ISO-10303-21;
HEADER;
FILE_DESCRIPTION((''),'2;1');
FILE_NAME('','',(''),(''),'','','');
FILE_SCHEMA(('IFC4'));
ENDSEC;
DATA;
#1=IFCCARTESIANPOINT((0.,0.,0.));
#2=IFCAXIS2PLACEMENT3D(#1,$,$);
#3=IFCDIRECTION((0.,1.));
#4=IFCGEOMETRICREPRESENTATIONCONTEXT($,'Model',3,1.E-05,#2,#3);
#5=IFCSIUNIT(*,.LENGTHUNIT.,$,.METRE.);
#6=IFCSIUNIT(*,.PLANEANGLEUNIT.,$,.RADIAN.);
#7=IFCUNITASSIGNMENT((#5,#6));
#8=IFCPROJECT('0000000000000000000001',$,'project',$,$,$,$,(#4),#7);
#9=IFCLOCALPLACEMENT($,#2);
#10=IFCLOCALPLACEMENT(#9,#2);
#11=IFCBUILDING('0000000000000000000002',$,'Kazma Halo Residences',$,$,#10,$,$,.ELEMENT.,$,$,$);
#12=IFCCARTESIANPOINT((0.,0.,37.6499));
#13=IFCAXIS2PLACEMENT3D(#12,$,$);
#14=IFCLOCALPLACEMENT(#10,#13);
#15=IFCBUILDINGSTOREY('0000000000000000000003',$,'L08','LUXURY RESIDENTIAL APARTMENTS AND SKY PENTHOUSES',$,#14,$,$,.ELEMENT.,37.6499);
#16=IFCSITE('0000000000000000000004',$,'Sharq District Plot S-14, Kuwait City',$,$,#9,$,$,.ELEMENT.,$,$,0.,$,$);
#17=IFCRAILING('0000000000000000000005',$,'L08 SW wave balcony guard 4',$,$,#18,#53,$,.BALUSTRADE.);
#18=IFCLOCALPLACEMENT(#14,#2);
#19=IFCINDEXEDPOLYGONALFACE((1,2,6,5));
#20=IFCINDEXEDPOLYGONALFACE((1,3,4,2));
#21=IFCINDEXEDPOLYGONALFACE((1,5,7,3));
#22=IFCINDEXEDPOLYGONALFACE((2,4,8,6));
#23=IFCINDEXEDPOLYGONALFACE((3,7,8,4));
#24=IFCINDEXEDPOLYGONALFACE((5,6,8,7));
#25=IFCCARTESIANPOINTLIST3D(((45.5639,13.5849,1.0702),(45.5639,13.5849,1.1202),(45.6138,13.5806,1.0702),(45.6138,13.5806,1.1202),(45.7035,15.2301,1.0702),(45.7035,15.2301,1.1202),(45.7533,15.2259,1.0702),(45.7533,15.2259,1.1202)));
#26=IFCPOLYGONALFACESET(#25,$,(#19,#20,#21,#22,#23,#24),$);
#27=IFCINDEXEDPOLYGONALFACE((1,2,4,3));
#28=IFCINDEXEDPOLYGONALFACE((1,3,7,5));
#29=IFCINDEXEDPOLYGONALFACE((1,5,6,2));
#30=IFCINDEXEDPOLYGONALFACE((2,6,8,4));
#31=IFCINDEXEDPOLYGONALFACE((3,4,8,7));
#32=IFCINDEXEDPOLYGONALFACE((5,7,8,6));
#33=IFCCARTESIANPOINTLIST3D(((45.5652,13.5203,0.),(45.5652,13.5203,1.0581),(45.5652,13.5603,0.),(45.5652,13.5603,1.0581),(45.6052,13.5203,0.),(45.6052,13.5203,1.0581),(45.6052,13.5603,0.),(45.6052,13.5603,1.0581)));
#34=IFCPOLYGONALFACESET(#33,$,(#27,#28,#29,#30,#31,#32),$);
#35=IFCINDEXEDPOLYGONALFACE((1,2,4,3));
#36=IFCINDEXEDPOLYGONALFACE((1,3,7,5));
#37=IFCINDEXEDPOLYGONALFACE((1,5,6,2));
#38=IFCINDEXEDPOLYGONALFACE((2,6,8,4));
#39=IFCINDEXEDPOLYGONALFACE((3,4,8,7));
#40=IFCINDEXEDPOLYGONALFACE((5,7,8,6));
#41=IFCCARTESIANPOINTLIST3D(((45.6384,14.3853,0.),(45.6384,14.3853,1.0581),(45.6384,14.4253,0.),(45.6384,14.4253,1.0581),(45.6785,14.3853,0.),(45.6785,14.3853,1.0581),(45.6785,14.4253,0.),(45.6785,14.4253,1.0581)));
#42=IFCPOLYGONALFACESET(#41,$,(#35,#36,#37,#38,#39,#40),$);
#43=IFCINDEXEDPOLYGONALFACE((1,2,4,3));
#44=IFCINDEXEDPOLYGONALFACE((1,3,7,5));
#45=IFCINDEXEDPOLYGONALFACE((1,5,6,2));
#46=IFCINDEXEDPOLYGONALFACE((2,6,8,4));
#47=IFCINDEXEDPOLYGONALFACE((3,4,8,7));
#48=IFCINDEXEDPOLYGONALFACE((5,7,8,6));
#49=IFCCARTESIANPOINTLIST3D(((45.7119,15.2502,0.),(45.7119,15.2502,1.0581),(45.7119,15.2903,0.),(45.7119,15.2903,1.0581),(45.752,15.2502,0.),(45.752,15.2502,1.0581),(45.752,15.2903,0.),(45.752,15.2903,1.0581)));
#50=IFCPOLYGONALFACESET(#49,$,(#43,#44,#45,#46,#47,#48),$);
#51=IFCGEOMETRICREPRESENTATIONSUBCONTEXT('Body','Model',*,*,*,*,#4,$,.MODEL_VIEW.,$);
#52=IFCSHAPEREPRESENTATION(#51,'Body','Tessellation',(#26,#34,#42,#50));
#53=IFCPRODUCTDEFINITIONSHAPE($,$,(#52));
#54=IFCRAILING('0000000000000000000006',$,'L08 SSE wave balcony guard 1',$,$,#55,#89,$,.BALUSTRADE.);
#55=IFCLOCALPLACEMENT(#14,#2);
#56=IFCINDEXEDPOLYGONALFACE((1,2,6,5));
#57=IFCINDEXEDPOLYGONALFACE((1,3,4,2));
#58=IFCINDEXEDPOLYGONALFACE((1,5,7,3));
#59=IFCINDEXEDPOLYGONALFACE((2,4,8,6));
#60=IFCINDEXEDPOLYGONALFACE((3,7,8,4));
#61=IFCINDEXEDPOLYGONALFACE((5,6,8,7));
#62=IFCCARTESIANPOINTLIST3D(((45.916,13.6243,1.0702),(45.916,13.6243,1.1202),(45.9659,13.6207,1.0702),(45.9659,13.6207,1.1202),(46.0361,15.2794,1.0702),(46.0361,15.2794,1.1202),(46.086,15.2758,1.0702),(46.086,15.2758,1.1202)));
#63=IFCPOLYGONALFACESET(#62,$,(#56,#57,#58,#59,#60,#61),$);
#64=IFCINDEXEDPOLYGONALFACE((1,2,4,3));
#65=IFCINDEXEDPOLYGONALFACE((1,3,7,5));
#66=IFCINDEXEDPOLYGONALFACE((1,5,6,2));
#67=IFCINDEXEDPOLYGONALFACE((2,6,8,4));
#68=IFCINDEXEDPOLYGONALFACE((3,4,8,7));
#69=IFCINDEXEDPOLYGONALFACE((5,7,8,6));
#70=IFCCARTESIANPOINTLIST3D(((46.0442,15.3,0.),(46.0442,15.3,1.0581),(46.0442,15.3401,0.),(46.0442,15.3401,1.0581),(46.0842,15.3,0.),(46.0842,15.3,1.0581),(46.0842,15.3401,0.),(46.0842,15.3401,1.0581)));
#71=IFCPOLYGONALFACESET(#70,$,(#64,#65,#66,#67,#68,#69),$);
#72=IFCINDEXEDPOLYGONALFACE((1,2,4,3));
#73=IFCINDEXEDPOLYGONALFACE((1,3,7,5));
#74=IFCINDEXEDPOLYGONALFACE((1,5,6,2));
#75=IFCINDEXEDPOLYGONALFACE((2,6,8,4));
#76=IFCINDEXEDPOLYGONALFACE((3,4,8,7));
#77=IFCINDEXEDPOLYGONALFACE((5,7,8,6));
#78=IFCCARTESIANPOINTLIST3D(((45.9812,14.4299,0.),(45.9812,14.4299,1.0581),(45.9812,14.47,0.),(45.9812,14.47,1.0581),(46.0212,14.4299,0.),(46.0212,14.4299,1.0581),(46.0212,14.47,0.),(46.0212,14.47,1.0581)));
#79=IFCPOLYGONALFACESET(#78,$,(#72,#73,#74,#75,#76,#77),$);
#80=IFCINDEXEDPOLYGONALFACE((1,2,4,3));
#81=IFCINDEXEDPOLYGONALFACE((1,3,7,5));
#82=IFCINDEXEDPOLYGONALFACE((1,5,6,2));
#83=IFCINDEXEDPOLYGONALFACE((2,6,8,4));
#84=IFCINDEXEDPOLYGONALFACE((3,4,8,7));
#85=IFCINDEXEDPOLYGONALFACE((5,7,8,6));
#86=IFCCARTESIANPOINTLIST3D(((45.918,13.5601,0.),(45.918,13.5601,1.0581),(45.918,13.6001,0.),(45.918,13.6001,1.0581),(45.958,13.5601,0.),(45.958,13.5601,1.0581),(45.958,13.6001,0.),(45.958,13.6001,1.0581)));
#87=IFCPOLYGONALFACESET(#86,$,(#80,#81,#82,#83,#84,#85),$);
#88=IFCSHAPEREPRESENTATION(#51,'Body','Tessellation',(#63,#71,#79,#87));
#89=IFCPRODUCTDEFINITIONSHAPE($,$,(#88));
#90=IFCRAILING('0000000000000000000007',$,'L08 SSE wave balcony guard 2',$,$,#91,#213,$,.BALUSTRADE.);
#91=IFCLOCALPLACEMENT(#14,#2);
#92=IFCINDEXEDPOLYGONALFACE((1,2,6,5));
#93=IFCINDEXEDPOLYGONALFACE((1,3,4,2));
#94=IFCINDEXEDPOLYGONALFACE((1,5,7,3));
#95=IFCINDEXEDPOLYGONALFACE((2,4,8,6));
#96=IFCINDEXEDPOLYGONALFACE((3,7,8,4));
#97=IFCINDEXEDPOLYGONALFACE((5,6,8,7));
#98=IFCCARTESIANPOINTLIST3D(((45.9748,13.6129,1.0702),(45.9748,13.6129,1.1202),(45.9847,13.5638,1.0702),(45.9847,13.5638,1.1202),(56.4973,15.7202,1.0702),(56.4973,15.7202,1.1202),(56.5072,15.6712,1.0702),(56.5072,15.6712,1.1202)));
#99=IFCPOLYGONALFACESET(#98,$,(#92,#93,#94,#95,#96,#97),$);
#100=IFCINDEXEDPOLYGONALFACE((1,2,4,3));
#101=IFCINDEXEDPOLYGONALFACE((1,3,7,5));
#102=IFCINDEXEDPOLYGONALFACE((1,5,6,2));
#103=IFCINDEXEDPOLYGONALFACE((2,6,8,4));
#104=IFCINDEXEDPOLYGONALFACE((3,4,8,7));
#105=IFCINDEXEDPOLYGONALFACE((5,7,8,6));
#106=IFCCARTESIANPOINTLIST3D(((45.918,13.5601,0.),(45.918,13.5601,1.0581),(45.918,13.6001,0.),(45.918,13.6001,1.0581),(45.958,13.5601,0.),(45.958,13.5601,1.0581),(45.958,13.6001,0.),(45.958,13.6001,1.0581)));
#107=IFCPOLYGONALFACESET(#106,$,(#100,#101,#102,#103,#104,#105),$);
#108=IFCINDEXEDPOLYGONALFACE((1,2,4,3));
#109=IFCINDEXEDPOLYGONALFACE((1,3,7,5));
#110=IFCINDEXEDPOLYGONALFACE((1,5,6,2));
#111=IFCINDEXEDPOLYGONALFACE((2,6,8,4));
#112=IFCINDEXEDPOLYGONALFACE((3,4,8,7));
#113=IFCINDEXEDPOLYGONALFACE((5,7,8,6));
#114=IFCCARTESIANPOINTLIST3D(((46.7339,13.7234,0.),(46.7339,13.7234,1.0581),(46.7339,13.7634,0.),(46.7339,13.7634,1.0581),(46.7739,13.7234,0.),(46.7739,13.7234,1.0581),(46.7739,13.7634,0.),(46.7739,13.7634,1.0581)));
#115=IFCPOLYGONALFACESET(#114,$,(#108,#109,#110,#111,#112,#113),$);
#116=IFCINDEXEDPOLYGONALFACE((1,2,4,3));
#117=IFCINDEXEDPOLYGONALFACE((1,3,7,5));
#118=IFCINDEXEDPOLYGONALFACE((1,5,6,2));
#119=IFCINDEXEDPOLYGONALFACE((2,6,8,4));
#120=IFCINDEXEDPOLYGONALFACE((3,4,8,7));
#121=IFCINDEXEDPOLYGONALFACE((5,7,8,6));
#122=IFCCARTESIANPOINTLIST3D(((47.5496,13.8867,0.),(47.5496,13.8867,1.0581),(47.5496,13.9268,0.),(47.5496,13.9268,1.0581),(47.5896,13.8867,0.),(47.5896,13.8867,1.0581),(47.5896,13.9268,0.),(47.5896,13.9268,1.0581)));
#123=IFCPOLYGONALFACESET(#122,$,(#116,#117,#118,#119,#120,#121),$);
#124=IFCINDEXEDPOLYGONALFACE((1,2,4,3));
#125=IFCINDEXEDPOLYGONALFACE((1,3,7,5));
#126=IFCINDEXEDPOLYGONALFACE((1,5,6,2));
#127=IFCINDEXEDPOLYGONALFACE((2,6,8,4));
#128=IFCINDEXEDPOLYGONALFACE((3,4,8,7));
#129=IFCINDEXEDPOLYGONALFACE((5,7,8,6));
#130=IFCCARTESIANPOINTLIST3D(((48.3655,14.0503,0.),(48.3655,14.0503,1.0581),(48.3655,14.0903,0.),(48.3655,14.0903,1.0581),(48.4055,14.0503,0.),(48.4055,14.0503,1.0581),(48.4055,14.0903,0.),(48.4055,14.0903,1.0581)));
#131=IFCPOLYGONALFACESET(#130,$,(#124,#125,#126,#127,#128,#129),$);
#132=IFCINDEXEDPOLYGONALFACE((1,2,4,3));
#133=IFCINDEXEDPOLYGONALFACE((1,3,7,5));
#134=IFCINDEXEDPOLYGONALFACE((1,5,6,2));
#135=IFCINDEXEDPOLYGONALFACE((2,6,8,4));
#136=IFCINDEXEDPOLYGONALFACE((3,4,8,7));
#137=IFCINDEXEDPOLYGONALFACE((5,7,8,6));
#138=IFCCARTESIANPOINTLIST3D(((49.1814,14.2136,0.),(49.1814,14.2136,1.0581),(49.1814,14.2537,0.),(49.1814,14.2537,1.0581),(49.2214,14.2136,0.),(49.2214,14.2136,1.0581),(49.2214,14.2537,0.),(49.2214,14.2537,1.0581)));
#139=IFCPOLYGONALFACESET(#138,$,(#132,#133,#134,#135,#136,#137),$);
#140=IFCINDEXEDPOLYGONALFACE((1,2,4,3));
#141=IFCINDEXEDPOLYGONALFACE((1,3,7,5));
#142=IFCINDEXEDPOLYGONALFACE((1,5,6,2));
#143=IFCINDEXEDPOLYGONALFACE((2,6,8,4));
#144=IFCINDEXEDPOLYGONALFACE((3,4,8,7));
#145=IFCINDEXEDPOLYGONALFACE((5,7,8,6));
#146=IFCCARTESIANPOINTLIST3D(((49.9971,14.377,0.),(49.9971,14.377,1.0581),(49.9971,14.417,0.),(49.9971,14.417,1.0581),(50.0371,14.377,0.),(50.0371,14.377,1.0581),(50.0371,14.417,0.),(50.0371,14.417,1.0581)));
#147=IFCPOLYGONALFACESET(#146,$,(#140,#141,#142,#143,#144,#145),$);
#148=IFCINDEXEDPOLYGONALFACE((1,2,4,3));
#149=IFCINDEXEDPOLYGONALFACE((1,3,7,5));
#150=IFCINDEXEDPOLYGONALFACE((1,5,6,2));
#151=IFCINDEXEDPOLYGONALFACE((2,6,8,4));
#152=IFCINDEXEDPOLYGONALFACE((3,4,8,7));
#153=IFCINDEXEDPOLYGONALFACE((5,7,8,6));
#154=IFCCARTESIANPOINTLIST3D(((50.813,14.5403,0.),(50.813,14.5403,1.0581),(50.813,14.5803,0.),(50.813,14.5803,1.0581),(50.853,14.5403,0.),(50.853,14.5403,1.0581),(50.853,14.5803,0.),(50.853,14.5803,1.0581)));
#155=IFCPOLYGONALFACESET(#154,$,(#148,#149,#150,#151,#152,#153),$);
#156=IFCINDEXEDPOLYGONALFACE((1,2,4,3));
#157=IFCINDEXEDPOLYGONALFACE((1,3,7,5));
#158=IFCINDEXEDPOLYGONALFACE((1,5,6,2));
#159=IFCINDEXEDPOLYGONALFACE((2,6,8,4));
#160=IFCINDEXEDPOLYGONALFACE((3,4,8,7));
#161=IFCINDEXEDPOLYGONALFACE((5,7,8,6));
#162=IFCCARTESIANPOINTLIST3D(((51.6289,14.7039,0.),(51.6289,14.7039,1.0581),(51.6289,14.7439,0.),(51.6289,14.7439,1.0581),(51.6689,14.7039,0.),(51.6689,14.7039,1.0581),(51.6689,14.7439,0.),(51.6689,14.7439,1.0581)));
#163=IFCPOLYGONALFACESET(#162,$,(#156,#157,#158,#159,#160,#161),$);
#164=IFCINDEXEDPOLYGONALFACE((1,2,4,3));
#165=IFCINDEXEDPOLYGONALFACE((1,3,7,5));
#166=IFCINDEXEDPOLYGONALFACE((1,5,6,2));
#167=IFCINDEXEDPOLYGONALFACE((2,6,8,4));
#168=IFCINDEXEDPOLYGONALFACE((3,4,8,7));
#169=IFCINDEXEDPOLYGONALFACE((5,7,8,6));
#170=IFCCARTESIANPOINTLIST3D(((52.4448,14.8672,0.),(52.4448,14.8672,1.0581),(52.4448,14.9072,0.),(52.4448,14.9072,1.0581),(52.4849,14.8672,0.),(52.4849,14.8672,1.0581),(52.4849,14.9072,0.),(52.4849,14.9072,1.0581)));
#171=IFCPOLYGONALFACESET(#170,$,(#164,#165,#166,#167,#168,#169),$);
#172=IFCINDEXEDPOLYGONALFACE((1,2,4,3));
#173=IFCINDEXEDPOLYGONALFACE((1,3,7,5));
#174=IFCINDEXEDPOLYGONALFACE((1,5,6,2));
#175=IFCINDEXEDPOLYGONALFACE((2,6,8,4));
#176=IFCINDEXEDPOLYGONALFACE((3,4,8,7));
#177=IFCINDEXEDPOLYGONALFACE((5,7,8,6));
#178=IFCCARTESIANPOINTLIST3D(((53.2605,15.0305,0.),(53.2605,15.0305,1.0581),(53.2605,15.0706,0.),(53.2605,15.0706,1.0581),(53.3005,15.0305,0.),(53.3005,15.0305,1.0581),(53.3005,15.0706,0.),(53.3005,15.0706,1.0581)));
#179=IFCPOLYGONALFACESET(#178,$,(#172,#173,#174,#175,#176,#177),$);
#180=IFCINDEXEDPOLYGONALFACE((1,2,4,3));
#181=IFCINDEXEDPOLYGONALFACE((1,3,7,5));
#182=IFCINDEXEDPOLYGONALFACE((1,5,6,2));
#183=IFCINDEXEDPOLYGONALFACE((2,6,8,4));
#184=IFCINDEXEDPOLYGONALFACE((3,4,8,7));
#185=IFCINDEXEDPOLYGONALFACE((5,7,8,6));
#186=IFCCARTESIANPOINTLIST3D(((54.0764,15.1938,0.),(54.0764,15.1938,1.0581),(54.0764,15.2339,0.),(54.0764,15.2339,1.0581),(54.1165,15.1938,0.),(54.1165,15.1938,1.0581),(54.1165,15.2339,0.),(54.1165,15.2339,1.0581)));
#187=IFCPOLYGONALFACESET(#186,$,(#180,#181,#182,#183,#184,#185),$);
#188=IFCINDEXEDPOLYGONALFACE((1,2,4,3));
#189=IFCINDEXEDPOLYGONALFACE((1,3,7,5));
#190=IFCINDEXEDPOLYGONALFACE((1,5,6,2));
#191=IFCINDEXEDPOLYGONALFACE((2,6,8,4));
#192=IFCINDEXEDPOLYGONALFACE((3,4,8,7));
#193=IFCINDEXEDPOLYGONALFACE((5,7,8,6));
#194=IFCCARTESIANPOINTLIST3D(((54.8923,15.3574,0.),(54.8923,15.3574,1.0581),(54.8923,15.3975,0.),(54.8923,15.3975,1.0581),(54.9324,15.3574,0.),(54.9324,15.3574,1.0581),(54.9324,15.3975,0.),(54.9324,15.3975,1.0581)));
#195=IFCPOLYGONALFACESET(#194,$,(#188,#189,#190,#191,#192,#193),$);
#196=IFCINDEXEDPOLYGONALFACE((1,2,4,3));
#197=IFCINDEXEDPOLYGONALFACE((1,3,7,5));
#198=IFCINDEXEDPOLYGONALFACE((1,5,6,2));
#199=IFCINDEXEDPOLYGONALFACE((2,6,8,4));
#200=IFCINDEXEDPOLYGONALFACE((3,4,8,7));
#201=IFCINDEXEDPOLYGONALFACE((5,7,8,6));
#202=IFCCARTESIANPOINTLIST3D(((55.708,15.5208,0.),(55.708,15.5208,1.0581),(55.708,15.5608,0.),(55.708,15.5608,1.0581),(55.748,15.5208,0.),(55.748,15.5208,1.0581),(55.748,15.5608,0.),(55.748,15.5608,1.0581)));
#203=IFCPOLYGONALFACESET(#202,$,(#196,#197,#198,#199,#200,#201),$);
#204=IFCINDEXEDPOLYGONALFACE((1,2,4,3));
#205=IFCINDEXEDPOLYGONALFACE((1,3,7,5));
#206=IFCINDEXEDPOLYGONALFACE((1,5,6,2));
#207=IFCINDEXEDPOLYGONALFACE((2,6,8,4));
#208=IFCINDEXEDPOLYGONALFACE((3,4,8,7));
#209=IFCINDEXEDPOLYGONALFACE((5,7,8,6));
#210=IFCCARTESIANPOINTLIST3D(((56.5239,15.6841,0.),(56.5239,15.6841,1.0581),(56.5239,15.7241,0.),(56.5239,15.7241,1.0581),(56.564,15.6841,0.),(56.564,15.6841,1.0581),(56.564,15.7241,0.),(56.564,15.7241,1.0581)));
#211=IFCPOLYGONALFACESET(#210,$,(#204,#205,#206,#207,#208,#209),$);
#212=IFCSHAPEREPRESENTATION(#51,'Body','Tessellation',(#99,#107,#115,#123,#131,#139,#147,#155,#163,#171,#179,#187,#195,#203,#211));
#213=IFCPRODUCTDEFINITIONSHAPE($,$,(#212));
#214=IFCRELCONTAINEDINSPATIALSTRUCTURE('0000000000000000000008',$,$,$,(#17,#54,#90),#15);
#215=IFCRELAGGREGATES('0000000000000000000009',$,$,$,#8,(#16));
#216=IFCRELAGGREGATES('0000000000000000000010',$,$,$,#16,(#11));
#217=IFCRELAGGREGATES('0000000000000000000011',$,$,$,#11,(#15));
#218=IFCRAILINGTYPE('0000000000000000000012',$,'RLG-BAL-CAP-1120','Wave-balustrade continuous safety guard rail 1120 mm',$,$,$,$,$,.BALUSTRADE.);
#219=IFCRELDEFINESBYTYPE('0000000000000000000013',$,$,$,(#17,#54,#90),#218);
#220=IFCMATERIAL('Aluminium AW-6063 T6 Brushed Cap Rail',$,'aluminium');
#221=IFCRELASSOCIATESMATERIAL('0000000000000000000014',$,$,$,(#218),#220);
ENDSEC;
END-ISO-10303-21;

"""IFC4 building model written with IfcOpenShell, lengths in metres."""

from ifc_helpers import new_model, si_unit, direction, frame, origin, origin_2d, place, context, subcontext, project, spatial, rectangle, extrude, material, type_object, element, save


model = new_model("IFC4")

# Units and contexts
model_context = context("Model", 3, precision=1e-05, world=origin(), true_north=direction((0.0, 1.0)))
body_context = subcontext(model_context, "Body", "Model", "MODEL_VIEW")
ifc_project = project(units=[si_unit("LENGTHUNIT", "METRE"), si_unit("PLANEANGLEUNIT", "RADIAN")], contexts=[model_context])

# Site, building, storey
site_placement = place(None, origin())
site = spatial("IfcSite", under=ifc_project, at=site_placement, Name="Sharq District Plot S-14, Kuwait City", CompositionType="ELEMENT", RefElevation=0.0)
building_placement = place(site_placement, origin())
building = spatial("IfcBuilding", under=site, at=building_placement, Name="Kazma Halo Residences", CompositionType="ELEMENT")
storey_placement = place(building_placement, frame((0.0, 0.0, 37.6499)))
storey = spatial("IfcBuildingStorey", under=building, at=storey_placement, Name="L08", Description="LUXURY RESIDENTIAL APARTMENTS AND SKY PENTHOUSES", CompositionType="ELEMENT", Elevation=37.6499)

# Railings
ifc_material_1 = material(Name="Aluminium AW-6063 T6 Brushed Cap Rail", Category="aluminium")
railing_type = type_object("IfcRailingType", Name="RLG-BAL-CAP-1120", Description="Wave-balustrade continuous safety guard rail 1120 mm", PredefinedType="BALUSTRADE", material=ifc_material_1)
railing_1_placement = place(storey_placement, frame((45.5852, 13.5403, 0.0)))
element("IfcRailing", 1, at=railing_1_placement, inside=storey, type_object=railing_type, Name="L08 SW wave balcony guard 4", PredefinedType="BALUSTRADE", context=body_context, shape_type="SweptSolid", body=[
    extrude(rectangle(XDim=0.05, YDim=0.05, at=origin_2d()), frame((0.0037, 0.0425, 1.0952), z_axis=(0.084512, 0.996422, 0.0), x_axis=(-0.996422, 0.084512, 0.0)), (0.0, 0.0, 1.0), 1.6511),
    extrude(rectangle(XDim=0.04, YDim=0.04, at=origin_2d()), origin(), (0.0, 0.0, 1.0), 1.0581),
    extrude(rectangle(XDim=0.04, YDim=0.04, at=origin_2d()), frame((0.0732, 0.865, 0.0)), (0.0, 0.0, 1.0), 1.0581),
    extrude(rectangle(XDim=0.04, YDim=0.04, at=origin_2d()), frame((0.1467, 1.73, 0.0)), (0.0, 0.0, 1.0), 1.0581),
])
railing_2_placement = place(storey_placement, frame((46.0642, 15.3201, 0.0)))
element("IfcRailing", 2, at=railing_2_placement, inside=storey, type_object=railing_type, Name="L08 SSE wave balcony guard 1", PredefinedType="BALUSTRADE", context=body_context, shape_type="SweptSolid", body=[
    extrude(rectangle(XDim=0.05, YDim=0.05, at=origin_2d()), frame((-0.0032, -0.0425, 1.0952), z_axis=(-0.072351, -0.997379, 0.0), x_axis=(0.997379, -0.072351, 0.0)), (0.0, 0.0, 1.0), 1.6594),
    extrude(rectangle(XDim=0.04, YDim=0.04, at=origin_2d()), origin(), (0.0, 0.0, 1.0), 1.0581),
    extrude(rectangle(XDim=0.04, YDim=0.04, at=origin_2d()), frame((-0.063, -0.8701, 0.0)), (0.0, 0.0, 1.0), 1.0581),
    extrude(rectangle(XDim=0.04, YDim=0.04, at=origin_2d()), frame((-0.1262, -1.74, 0.0)), (0.0, 0.0, 1.0), 1.0581),
])
railing_3_placement = place(storey_placement, frame((45.938, 13.5801, 0.0)))
element("IfcRailing", 3, at=railing_3_placement, inside=storey, type_object=railing_type, Name="L08 SSE wave balcony guard 2", PredefinedType="BALUSTRADE", context=body_context, shape_type="SweptSolid", body=[
    extrude(rectangle(XDim=0.05, YDim=0.05, at=origin_2d()), frame((0.0417, 0.0083, 1.0952), z_axis=(0.98053, 0.196368, 0.0), x_axis=(-0.196368, 0.98053, 0.0)), (0.0, 0.0, 1.0), 10.7314),
    extrude(rectangle(XDim=0.04, YDim=0.04, at=origin_2d()), origin(), (0.0, 0.0, 1.0), 1.0581),
    extrude(rectangle(XDim=0.04, YDim=0.04, at=origin_2d()), frame((0.8159, 0.1633, 0.0)), (0.0, 0.0, 1.0), 1.0581),
    extrude(rectangle(XDim=0.04, YDim=0.04, at=origin_2d()), frame((1.6316, 0.3267, 0.0)), (0.0, 0.0, 1.0), 1.0581),
    extrude(rectangle(XDim=0.04, YDim=0.04, at=origin_2d()), frame((2.4475, 0.4902, 0.0)), (0.0, 0.0, 1.0), 1.0581),
    extrude(rectangle(XDim=0.04, YDim=0.04, at=origin_2d()), frame((3.2634, 0.6536, 0.0)), (0.0, 0.0, 1.0), 1.0581),
    extrude(rectangle(XDim=0.04, YDim=0.04, at=origin_2d()), frame((4.0791, 0.8169, 0.0)), (0.0, 0.0, 1.0), 1.0581),
    extrude(rectangle(XDim=0.04, YDim=0.04, at=origin_2d()), frame((4.895, 0.9802, 0.0)), (0.0, 0.0, 1.0), 1.0581),
    extrude(rectangle(XDim=0.04, YDim=0.04, at=origin_2d()), frame((5.7109, 1.1438, 0.0)), (0.0, 0.0, 1.0), 1.0581),
    extrude(rectangle(XDim=0.04, YDim=0.04, at=origin_2d()), frame((6.5269, 1.3071, 0.0)), (0.0, 0.0, 1.0), 1.0581),
    extrude(rectangle(XDim=0.04, YDim=0.04, at=origin_2d()), frame((7.3425, 1.4705, 0.0)), (0.0, 0.0, 1.0), 1.0581),
    extrude(rectangle(XDim=0.04, YDim=0.04, at=origin_2d()), frame((8.1584, 1.6338, 0.0)), (0.0, 0.0, 1.0), 1.0581),
    extrude(rectangle(XDim=0.04, YDim=0.04, at=origin_2d()), frame((8.9744, 1.7974, 0.0)), (0.0, 0.0, 1.0), 1.0581),
    extrude(rectangle(XDim=0.04, YDim=0.04, at=origin_2d()), frame((9.79, 1.9607, 0.0)), (0.0, 0.0, 1.0), 1.0581),
    extrude(rectangle(XDim=0.04, YDim=0.04, at=origin_2d()), frame((10.606, 2.124, 0.0)), (0.0, 0.0, 1.0), 1.0581),
])

save(model, "model.ifc")
